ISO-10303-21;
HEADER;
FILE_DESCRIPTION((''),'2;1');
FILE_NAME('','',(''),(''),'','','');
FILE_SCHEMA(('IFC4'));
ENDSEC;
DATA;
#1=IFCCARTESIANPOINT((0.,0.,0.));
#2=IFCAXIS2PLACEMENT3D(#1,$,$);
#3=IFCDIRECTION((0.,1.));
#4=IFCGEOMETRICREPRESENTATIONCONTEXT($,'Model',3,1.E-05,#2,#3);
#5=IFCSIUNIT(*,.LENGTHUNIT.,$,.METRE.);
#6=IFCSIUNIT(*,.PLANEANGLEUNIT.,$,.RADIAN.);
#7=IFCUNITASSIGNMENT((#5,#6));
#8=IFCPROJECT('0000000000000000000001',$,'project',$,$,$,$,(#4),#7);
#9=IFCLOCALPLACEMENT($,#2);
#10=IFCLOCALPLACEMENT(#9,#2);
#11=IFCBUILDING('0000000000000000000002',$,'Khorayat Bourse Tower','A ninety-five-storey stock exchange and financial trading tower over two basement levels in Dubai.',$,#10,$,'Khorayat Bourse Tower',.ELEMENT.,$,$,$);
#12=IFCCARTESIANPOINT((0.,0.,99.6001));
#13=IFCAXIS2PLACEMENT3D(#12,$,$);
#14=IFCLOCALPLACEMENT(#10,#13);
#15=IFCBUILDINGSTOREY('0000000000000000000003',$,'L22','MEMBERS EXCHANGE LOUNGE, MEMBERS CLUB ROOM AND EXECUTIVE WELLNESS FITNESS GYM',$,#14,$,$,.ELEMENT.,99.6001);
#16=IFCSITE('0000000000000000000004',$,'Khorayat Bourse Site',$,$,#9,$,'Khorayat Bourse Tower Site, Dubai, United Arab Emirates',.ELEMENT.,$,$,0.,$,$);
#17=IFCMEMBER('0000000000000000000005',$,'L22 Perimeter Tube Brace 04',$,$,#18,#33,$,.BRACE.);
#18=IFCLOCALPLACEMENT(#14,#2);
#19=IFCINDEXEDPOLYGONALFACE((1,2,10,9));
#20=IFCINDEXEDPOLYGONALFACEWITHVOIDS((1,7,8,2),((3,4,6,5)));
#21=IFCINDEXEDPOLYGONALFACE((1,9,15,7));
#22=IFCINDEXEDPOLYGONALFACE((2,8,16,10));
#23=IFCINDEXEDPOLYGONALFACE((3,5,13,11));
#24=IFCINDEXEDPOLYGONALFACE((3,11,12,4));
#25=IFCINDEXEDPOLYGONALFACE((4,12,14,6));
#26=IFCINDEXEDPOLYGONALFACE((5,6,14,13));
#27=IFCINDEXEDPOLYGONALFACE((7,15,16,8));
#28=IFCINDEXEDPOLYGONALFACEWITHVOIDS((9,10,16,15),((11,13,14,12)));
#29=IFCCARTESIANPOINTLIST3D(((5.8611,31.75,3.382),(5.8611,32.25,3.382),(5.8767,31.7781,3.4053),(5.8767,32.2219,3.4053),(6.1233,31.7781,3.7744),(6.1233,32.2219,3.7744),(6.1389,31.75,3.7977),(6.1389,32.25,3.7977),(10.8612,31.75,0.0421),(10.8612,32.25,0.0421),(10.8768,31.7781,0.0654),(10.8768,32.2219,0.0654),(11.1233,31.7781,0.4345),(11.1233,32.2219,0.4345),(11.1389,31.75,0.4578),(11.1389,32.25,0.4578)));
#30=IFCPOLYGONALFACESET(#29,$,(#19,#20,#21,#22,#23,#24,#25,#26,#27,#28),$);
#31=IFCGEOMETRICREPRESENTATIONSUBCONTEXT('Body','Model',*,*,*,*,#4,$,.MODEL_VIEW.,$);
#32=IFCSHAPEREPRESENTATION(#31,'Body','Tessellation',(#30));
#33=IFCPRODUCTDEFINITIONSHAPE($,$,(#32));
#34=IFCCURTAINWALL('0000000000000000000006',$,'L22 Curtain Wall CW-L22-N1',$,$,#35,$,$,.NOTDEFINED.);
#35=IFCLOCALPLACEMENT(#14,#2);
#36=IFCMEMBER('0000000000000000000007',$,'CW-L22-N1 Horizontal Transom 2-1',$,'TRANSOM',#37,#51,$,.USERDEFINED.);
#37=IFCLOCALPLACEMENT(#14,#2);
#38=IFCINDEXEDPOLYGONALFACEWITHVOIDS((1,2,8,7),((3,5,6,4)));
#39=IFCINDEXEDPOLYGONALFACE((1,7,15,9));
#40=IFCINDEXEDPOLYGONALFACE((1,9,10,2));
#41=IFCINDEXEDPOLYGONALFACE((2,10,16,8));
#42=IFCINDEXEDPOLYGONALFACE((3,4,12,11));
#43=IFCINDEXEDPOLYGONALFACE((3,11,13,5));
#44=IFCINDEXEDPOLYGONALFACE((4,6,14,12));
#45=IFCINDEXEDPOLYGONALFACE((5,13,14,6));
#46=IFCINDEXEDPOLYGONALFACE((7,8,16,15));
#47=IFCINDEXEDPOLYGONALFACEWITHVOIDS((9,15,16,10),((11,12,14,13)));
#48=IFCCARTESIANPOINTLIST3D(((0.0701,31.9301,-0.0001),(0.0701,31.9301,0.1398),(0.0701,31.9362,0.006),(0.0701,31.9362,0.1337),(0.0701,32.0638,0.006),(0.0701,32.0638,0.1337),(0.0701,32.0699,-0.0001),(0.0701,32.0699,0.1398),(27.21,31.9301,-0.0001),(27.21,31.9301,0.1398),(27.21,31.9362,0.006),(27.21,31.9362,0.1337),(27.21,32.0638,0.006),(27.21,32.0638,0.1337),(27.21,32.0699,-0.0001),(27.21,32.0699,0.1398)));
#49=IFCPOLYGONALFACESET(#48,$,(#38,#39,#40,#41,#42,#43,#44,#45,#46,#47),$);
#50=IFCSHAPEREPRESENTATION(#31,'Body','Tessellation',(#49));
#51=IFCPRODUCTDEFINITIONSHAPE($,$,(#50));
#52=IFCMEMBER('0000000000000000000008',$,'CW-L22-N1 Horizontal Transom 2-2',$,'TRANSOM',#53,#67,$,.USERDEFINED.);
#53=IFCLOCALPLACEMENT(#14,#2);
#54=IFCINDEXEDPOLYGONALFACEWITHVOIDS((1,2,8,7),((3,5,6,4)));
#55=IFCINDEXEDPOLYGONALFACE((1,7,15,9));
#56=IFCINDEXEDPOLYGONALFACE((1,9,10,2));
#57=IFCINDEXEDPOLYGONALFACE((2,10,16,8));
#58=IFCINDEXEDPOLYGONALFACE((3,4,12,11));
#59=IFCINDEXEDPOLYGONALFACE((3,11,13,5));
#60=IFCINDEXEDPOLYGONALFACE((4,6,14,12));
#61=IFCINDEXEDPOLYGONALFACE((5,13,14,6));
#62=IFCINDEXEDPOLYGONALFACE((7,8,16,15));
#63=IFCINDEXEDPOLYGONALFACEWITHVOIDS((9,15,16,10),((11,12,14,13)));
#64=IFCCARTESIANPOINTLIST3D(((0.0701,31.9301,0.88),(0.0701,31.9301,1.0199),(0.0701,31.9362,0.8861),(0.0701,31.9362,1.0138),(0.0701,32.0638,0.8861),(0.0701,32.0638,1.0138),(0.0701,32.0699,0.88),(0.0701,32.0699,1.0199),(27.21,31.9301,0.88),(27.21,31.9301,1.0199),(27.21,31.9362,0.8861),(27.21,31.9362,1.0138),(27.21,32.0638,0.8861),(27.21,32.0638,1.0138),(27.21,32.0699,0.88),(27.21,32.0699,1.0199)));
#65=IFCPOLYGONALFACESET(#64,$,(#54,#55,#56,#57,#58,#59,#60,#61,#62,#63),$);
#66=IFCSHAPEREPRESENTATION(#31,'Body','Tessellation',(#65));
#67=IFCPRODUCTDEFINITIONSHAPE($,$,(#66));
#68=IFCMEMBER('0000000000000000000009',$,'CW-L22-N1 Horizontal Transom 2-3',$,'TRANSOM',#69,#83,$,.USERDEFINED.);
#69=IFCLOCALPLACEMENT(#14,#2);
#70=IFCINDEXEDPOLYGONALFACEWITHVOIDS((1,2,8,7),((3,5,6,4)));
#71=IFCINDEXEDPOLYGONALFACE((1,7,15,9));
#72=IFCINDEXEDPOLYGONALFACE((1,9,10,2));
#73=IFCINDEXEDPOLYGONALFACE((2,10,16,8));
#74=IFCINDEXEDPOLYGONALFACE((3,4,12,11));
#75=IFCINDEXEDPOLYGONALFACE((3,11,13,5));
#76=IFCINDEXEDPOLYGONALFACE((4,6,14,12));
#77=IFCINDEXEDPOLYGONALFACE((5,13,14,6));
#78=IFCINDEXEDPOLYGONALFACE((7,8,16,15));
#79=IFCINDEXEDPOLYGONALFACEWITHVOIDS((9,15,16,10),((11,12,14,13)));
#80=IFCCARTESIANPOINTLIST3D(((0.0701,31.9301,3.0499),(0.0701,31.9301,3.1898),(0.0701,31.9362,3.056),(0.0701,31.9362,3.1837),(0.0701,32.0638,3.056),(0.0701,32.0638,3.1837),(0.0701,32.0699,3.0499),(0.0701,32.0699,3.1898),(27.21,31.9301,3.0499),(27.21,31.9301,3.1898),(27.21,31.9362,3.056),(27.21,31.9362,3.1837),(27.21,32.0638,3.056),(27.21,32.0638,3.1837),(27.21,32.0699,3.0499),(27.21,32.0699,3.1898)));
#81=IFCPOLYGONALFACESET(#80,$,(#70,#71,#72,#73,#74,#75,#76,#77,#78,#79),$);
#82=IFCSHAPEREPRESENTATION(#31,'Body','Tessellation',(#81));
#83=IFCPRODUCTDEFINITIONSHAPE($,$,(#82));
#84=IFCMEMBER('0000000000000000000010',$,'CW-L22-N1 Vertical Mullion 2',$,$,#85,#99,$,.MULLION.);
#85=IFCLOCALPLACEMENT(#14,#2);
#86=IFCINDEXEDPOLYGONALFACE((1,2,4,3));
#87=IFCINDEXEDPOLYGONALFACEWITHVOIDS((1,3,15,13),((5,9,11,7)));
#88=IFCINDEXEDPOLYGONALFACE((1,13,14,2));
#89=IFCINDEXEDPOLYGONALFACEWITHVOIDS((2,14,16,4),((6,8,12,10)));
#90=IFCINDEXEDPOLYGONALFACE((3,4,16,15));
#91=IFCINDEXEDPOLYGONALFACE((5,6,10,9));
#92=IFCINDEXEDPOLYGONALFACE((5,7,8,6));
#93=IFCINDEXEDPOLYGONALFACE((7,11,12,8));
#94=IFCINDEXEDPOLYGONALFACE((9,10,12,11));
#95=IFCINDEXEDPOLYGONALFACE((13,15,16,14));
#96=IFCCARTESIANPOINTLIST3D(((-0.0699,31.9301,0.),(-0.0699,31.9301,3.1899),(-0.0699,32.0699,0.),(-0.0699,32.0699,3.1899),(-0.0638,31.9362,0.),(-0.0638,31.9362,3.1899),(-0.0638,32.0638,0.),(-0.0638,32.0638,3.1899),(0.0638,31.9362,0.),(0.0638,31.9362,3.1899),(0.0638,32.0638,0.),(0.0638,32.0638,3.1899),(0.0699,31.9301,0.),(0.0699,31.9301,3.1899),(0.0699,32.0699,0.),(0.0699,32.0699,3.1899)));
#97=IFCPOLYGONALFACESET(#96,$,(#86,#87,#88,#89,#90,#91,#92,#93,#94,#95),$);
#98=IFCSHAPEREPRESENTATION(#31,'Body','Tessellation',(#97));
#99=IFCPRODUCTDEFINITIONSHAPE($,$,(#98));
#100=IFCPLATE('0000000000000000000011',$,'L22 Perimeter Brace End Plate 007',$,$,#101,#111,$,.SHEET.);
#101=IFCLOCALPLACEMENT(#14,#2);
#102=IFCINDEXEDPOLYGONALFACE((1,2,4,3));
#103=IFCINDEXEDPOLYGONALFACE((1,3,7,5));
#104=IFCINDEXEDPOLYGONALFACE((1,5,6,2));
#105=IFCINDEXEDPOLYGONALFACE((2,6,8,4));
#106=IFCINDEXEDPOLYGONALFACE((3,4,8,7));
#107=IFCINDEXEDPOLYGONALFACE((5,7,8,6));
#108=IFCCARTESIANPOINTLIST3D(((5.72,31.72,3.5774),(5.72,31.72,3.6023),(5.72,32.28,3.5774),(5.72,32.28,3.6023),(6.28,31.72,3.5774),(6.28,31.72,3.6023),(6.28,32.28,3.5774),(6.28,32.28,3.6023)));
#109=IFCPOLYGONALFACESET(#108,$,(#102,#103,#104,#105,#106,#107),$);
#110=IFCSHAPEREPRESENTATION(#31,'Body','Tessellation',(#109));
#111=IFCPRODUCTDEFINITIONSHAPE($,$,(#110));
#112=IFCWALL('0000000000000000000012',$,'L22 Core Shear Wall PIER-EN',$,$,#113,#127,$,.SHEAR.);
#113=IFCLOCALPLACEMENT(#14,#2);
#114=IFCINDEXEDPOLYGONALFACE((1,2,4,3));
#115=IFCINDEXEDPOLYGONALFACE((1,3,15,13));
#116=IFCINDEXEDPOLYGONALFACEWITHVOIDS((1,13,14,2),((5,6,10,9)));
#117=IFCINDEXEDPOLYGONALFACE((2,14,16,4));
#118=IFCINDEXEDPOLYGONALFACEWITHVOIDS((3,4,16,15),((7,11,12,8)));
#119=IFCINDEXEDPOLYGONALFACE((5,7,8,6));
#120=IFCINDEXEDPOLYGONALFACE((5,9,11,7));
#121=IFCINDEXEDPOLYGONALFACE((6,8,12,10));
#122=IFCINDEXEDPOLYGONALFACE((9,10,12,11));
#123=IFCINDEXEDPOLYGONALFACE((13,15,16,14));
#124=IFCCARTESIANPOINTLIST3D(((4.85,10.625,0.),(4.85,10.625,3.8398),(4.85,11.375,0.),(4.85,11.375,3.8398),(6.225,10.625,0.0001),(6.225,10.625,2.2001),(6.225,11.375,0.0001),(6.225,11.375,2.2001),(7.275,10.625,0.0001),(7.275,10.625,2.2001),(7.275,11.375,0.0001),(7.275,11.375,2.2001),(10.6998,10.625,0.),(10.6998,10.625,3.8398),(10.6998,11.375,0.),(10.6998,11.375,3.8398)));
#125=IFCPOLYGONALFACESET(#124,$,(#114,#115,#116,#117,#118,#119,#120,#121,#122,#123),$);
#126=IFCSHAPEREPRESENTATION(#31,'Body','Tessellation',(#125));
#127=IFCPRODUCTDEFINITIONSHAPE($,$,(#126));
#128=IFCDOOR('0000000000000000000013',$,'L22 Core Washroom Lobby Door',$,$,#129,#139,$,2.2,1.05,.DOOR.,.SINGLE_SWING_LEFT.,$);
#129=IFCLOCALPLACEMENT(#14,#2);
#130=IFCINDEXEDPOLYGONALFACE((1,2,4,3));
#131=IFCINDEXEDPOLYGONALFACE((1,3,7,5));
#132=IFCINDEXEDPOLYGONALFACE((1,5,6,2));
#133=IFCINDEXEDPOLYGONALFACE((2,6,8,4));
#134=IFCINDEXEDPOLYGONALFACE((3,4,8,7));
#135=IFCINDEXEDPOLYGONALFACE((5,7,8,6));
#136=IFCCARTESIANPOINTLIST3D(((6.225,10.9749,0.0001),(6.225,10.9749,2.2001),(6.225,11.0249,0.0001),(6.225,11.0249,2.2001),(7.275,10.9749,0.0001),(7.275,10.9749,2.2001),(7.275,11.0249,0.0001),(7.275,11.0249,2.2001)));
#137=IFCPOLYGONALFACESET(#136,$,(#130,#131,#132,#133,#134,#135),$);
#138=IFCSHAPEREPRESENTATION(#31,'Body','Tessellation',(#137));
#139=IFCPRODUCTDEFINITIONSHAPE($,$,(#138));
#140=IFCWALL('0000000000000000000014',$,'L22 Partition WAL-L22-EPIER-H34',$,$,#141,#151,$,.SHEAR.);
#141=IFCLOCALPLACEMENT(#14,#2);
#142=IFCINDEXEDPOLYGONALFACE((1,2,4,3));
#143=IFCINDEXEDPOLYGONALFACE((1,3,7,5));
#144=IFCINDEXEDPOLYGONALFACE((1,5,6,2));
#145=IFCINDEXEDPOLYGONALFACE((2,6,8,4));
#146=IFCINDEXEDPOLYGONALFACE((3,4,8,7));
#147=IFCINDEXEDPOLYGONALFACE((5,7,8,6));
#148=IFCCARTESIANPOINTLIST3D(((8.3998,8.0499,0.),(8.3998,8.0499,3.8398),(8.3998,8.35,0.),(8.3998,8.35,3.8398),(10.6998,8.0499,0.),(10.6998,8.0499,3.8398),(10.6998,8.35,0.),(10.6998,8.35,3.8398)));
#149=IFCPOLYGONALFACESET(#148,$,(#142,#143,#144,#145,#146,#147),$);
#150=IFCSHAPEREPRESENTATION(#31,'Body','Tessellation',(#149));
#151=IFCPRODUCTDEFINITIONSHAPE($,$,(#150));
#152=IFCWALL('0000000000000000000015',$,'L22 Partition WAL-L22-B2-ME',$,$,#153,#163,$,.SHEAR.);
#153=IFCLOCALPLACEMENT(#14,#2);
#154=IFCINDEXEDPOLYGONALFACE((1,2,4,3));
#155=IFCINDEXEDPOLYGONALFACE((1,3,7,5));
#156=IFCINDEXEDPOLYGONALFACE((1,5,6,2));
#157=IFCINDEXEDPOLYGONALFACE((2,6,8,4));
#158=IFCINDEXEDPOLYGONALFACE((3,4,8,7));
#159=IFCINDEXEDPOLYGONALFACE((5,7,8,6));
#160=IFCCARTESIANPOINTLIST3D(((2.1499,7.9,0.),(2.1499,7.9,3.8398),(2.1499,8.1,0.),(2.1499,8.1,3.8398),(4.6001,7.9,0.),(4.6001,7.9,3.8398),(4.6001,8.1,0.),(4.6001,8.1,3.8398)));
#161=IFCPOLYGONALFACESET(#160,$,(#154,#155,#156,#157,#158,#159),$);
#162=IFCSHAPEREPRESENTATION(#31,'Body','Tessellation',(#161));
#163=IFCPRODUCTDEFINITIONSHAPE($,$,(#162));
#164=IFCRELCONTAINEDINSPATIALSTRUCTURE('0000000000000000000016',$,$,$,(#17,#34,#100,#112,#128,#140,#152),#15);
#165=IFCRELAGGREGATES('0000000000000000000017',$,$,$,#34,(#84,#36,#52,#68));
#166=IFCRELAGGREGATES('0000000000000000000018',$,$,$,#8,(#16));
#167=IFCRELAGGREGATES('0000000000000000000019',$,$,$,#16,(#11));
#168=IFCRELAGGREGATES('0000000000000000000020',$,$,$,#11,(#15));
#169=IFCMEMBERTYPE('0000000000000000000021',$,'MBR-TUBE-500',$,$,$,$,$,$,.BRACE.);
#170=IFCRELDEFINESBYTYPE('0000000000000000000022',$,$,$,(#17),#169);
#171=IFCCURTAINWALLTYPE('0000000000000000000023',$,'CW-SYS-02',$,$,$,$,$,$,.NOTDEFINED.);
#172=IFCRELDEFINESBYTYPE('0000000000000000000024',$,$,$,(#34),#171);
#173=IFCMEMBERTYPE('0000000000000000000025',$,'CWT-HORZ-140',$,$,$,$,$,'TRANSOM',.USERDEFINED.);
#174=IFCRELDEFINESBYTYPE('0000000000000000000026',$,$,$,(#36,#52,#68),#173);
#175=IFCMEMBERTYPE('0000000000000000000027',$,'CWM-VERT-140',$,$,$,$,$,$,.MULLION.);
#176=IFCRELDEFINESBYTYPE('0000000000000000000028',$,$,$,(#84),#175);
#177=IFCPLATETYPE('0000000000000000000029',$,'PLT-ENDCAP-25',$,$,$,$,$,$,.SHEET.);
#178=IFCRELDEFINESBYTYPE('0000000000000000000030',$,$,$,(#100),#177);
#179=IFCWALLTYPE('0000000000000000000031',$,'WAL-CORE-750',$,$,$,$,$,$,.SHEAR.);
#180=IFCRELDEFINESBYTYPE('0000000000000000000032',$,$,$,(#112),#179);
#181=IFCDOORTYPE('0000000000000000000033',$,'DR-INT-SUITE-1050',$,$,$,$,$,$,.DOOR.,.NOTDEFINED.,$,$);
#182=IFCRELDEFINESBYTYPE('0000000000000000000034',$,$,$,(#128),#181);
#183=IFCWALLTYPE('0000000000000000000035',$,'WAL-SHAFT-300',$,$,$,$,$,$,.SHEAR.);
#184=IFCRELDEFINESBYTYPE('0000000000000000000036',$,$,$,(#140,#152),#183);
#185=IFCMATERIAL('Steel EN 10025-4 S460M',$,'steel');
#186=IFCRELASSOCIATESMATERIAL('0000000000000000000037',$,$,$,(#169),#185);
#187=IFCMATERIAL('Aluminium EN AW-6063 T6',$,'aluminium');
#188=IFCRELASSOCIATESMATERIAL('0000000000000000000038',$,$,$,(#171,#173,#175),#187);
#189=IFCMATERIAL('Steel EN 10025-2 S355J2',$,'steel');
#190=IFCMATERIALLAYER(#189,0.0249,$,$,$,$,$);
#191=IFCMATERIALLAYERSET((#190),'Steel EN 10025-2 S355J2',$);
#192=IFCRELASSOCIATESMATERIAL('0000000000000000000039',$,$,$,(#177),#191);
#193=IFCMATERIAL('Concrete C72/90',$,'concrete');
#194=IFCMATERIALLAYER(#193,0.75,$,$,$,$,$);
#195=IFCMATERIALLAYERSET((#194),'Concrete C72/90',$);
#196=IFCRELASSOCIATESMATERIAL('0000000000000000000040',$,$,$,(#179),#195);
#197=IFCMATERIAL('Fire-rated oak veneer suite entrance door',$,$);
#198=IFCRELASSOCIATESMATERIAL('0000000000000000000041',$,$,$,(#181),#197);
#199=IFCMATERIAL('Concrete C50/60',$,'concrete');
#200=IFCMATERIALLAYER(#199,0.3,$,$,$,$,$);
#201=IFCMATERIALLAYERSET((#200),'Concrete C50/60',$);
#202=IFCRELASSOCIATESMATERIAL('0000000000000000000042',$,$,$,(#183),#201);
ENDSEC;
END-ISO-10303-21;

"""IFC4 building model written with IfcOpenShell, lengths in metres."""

from ifc_helpers import new_model, si_unit, direction, frame, frame_2d, origin, origin_2d, place, context, subcontext, project, spatial, rectangle, hollow_rectangle, extrude, source, transform, mapped, material, layer, layer_set, material_profile, profile_set, type_object, element, fill, aggregate, save


model = new_model("IFC4")

# Units and contexts
model_context = context("Model", 3, precision=1e-05, world=origin(), true_north=direction((0.0, 1.0)))
body_context = subcontext(model_context, "Body", "Model", "MODEL_VIEW")
ifc_project = project(units=[si_unit("LENGTHUNIT", "METRE"), si_unit("PLANEANGLEUNIT", "RADIAN")], contexts=[model_context])

# Site, building, storey
site_placement = place(None, origin())
site = spatial("IfcSite", under=ifc_project, at=site_placement, Name="Khorayat Bourse Site", LongName="Khorayat Bourse Tower Site, Dubai, United Arab Emirates", CompositionType="ELEMENT", RefElevation=0.0)
building_placement = place(site_placement, origin())
building = spatial("IfcBuilding", under=site, at=building_placement, Name="Khorayat Bourse Tower", Description="A ninety-five-storey stock exchange and financial trading tower over two basement levels in Dubai.", LongName="Khorayat Bourse Tower", CompositionType="ELEMENT")
storey_placement = place(building_placement, frame((0.0, 0.0, 99.6001)))
storey = spatial("IfcBuildingStorey", under=building, at=storey_placement, Name="L22", Description="MEMBERS EXCHANGE LOUNGE, MEMBERS CLUB ROOM AND EXECUTIVE WELLNESS FITNESS GYM", CompositionType="ELEMENT", Elevation=99.6001)

# Shared definitions
ifc_material_1 = material(Name="Steel EN 10025-4 S460M", Category="steel")
ifc_material_2 = material(Name="Concrete C72/90", Category="concrete")

# Member
ifc_material_profile_1 = material_profile(ifc_material_1, hollow_rectangle(XDim=0.5, YDim=0.5, WallThickness=0.0281, at=origin_2d()), Name="HSS 500x500x28")
ifc_profile_set_1 = profile_set([ifc_material_profile_1], Name="Steel EN 10025-4 S460M")
member_type_1 = type_object("IfcMemberType", Name="MBR-TUBE-500", PredefinedType="BRACE", material=ifc_profile_set_1)
shared_shape_1 = source(origin(), body_context, "Body", "SweptSolid", [
    extrude(hollow_rectangle(XDim=0.5, YDim=0.5, WallThickness=0.0281, at=origin_2d()), origin(), (0.0, 0.0, 1.0), 6.0129),
])
member_1_placement = place(storey_placement, frame((6.0, 32.0, 3.5898), z_axis=(0.83155, 0.0, -0.55545), x_axis=(0.0, 1.0, 0.0)))
element("IfcMember", 1, at=member_1_placement, inside=storey, type_object=member_type_1, Name="L22 Perimeter Tube Brace 04", PredefinedType="BRACE", context=body_context, shape_type="MappedRepresentation", body=[
    mapped(shared_shape_1, transform((0.0, 0.0, 0.0), scale=1.0)),
])

# Curtain wall, members
ifc_material_3 = material(Name="Aluminium EN AW-6063 T6", Category="aluminium")
curtain_wall_type = type_object("IfcCurtainWallType", Name="CW-SYS-02", PredefinedType="NOTDEFINED", material=ifc_material_3)
curtain_wall_placement = place(storey_placement, origin())
curtain_wall = element("IfcCurtainWall", 2, at=curtain_wall_placement, inside=storey, type_object=curtain_wall_type, Name="L22 Curtain Wall CW-L22-N1", PredefinedType="NOTDEFINED")
ifc_material_profile_2 = material_profile(ifc_material_3, hollow_rectangle(XDim=0.1399, YDim=0.1399, WallThickness=0.0061, at=origin_2d()), Name="ALU 140x140x6")
ifc_profile_set_2 = profile_set([ifc_material_profile_2], Name="Aluminium EN AW-6063 T6")
member_type_2 = type_object("IfcMemberType", Name="CWT-HORZ-140", ElementType="TRANSOM", PredefinedType="USERDEFINED", material=ifc_profile_set_2)
shared_shape_2 = source(origin(), body_context, "Body", "SweptSolid", [
    extrude(hollow_rectangle(XDim=0.1399, YDim=0.1399, WallThickness=0.0061, at=origin_2d()), origin(), (0.0, 0.0, 1.0), 27.1399),
])
member_2_placement = place(storey_placement, frame((0.0701, 32.0, 0.0698), z_axis=(1.0, 0.0, 0.0), x_axis=(0.0, 1.0, 0.0)))
member_2 = element("IfcMember", 3, at=member_2_placement, type_object=member_type_2, Name="CW-L22-N1 Horizontal Transom 2-1", ObjectType="TRANSOM", PredefinedType="USERDEFINED", context=body_context, shape_type="MappedRepresentation", body=[
    mapped(shared_shape_2, transform((0.0, 0.0, 0.0), scale=1.0)),
])
member_3_placement = place(storey_placement, frame((0.0701, 32.0, 0.95), z_axis=(1.0, 0.0, 0.0), x_axis=(0.0, 1.0, 0.0)))
member_3 = element("IfcMember", 4, at=member_3_placement, type_object=member_type_2, Name="CW-L22-N1 Horizontal Transom 2-2", ObjectType="TRANSOM", PredefinedType="USERDEFINED", context=body_context, shape_type="MappedRepresentation", body=[
    mapped(shared_shape_2, transform((0.0, 0.0, 0.0), scale=1.0)),
])
member_4_placement = place(storey_placement, frame((0.0701, 32.0, 3.1199), z_axis=(1.0, 0.0, 0.0), x_axis=(0.0, 1.0, 0.0)))
member_4 = element("IfcMember", 5, at=member_4_placement, type_object=member_type_2, Name="CW-L22-N1 Horizontal Transom 2-3", ObjectType="TRANSOM", PredefinedType="USERDEFINED", context=body_context, shape_type="MappedRepresentation", body=[
    mapped(shared_shape_2, transform((0.0, 0.0, 0.0), scale=1.0)),
])
ifc_material_profile_3 = material_profile(ifc_material_3, hollow_rectangle(XDim=0.1399, YDim=0.1399, WallThickness=0.0061, at=origin_2d()), Name="ALU 140x140x6")
ifc_profile_set_3 = profile_set([ifc_material_profile_3], Name="Aluminium EN AW-6063 T6")
member_type_3 = type_object("IfcMemberType", Name="CWM-VERT-140", PredefinedType="MULLION", material=ifc_profile_set_3)
shared_shape_3 = source(origin(), body_context, "Body", "SweptSolid", [
    extrude(hollow_rectangle(XDim=0.1399, YDim=0.1399, WallThickness=0.0061, at=origin_2d()), origin(), (0.0, 0.0, 1.0), 3.1899),
])
member_5_placement = place(storey_placement, frame((0.0, 32.0, 0.0), z_axis=(0.0, 0.0, 1.0), x_axis=(0.0, 1.0, 0.0)))
member_5 = element("IfcMember", 6, at=member_5_placement, type_object=member_type_3, Name="CW-L22-N1 Vertical Mullion 2", PredefinedType="MULLION", context=body_context, shape_type="MappedRepresentation", body=[
    mapped(shared_shape_3, transform((0.0, 0.0, 0.0), scale=1.0)),
])
aggregate(curtain_wall, [member_5, member_2, member_3, member_4])

# Plate
ifc_material_4 = material(Name="Steel EN 10025-2 S355J2", Category="steel")
ifc_layer_1 = layer(ifc_material_4, 0.0249)
ifc_layer_set_1 = layer_set([ifc_layer_1], Name="Steel EN 10025-2 S355J2")
plate_type = type_object("IfcPlateType", Name="PLT-ENDCAP-25", PredefinedType="SHEET", material=ifc_layer_set_1)
shared_shape_4 = source(origin(), body_context, "Body", "SweptSolid", [
    extrude(rectangle(XDim=0.5601, YDim=0.5601, at=origin_2d()), origin(), (0.0, 0.0, 1.0), 0.0249),
])
plate_placement = place(storey_placement, frame((6.0, 32.0, 3.5774), z_axis=(0.0, 0.0, 1.0), x_axis=(1.0, 0.0, 0.0)))
element("IfcPlate", 7, at=plate_placement, inside=storey, type_object=plate_type, Name="L22 Perimeter Brace End Plate 007", PredefinedType="SHEET", context=body_context, shape_type="MappedRepresentation", body=[
    mapped(shared_shape_4, transform((0.0, 0.0, 0.0), scale=1.0)),
])

# Wall, opening, door
ifc_layer_2 = layer(ifc_material_2, 0.75)
ifc_layer_set_2 = layer_set([ifc_layer_2], Name="Concrete C72/90")
wall_type_1 = type_object("IfcWallType", Name="WAL-CORE-750", PredefinedType="SHEAR", material=ifc_layer_set_2)
shared_shape_5 = source(origin(), body_context, "Body", "SweptSolid", [
    extrude(rectangle(XDim=5.8499, YDim=0.75, at=frame_2d((2.9248, 0.0))), origin(), (0.0, 0.0, 1.0), 3.8398),
])
wall_1_placement = place(storey_placement, frame((4.8501, 11.0, 0.0), z_axis=(0.0, 0.0, 1.0), x_axis=(1.0, 0.0, 0.0)))
wall_1 = element("IfcWall", 8, at=wall_1_placement, inside=storey, type_object=wall_type_1, Name="L22 Core Shear Wall PIER-EN", PredefinedType="SHEAR", context=body_context, shape_type="MappedRepresentation", body=[
    mapped(shared_shape_5, transform((0.0, 0.0, 0.0), scale=1.0)),
])
shared_shape_6 = source(origin(), body_context, "Body", "SweptSolid", [
    extrude(rectangle(XDim=1.05, YDim=2.2, at=frame_2d((0.5249, 1.1001))), frame((0.0, 0.385, 0.0), z_axis=(0.0, -1.0, 0.0), x_axis=(1.0, 0.0, 0.0)), (0.0, 0.0, 1.0), 0.77),
])
opening_1_placement = place(wall_1_placement, frame((1.375, 0.0, 0.0)))
opening_1 = element("IfcOpeningElement", 9, at=opening_1_placement, cuts=wall_1, PredefinedType="OPENING", context=body_context, shape_type="MappedRepresentation", body=[
    mapped(shared_shape_6, transform((0.0, 0.0, 0.0), scale=1.0)),
])
ifc_material_5 = material(Name="Fire-rated oak veneer suite entrance door")
door_type_1 = type_object("IfcDoorType", Name="DR-INT-SUITE-1050", OperationType="NOTDEFINED", PredefinedType="DOOR", material=ifc_material_5)
shared_shape_7 = source(origin(), body_context, "Body", "SweptSolid", [
    extrude(rectangle(XDim=1.05, YDim=2.2, at=frame_2d((0.5249, 1.1001))), frame((0.0, 0.0249, 0.0), z_axis=(0.0, -1.0, 0.0), x_axis=(1.0, 0.0, 0.0)), (0.0, 0.0, 1.0), 0.05),
])
door_1_placement = place(opening_1_placement, origin())
door_1 = element("IfcDoor", 10, at=door_1_placement, inside=storey, type_object=door_type_1, Name="L22 Core Washroom Lobby Door", OperationType="SINGLE_SWING_LEFT", OverallHeight=2.2, OverallWidth=1.05, PredefinedType="DOOR", context=body_context, shape_type="MappedRepresentation", body=[
    mapped(shared_shape_7, transform((0.0, 0.0, 0.0), scale=1.0)),
])
fill(opening_1, door_1)

# Wall
ifc_material_6 = material(Name="Concrete C50/60", Category="concrete")
ifc_layer_3 = layer(ifc_material_6, 0.3)
ifc_layer_set_3 = layer_set([ifc_layer_3], Name="Concrete C50/60")
wall_type_2 = type_object("IfcWallType", Name="WAL-SHAFT-300", PredefinedType="SHEAR", material=ifc_layer_set_3)
shared_shape_8 = source(origin(), body_context, "Body", "SweptSolid", [
    extrude(rectangle(XDim=2.3, YDim=0.3, at=frame_2d((1.1499, 0.0))), origin(), (0.0, 0.0, 1.0), 3.8398),
])
wall_2_placement = place(storey_placement, frame((8.3999, 8.2, 0.0), z_axis=(0.0, 0.0, 1.0), x_axis=(1.0, 0.0, 0.0)))
element("IfcWall", 11, at=wall_2_placement, inside=storey, type_object=wall_type_2, Name="L22 Partition WAL-L22-EPIER-H34", PredefinedType="SHEAR", context=body_context, shape_type="MappedRepresentation", body=[
    mapped(shared_shape_8, transform((0.0, 0.0, 0.0), scale=1.0)),
])

# Wall
shared_shape_9 = source(origin(), body_context, "Body", "SweptSolid", [
    extrude(rectangle(XDim=2.4502, YDim=0.2, at=frame_2d((1.2251, 0.0))), origin(), (0.0, 0.0, 1.0), 3.8398),
])
wall_3_placement = place(storey_placement, frame((2.1499, 8.0, 0.0), z_axis=(0.0, 0.0, 1.0), x_axis=(1.0, 0.0, 0.0)))
element("IfcWall", 12, at=wall_3_placement, inside=storey, type_object=wall_type_2, Name="L22 Partition WAL-L22-B2-ME", PredefinedType="SHEAR", context=body_context, shape_type="MappedRepresentation", body=[
    mapped(shared_shape_9, transform((0.0, 0.0, 0.0), scale=1.0)),
])

save(model, "model.ifc")
